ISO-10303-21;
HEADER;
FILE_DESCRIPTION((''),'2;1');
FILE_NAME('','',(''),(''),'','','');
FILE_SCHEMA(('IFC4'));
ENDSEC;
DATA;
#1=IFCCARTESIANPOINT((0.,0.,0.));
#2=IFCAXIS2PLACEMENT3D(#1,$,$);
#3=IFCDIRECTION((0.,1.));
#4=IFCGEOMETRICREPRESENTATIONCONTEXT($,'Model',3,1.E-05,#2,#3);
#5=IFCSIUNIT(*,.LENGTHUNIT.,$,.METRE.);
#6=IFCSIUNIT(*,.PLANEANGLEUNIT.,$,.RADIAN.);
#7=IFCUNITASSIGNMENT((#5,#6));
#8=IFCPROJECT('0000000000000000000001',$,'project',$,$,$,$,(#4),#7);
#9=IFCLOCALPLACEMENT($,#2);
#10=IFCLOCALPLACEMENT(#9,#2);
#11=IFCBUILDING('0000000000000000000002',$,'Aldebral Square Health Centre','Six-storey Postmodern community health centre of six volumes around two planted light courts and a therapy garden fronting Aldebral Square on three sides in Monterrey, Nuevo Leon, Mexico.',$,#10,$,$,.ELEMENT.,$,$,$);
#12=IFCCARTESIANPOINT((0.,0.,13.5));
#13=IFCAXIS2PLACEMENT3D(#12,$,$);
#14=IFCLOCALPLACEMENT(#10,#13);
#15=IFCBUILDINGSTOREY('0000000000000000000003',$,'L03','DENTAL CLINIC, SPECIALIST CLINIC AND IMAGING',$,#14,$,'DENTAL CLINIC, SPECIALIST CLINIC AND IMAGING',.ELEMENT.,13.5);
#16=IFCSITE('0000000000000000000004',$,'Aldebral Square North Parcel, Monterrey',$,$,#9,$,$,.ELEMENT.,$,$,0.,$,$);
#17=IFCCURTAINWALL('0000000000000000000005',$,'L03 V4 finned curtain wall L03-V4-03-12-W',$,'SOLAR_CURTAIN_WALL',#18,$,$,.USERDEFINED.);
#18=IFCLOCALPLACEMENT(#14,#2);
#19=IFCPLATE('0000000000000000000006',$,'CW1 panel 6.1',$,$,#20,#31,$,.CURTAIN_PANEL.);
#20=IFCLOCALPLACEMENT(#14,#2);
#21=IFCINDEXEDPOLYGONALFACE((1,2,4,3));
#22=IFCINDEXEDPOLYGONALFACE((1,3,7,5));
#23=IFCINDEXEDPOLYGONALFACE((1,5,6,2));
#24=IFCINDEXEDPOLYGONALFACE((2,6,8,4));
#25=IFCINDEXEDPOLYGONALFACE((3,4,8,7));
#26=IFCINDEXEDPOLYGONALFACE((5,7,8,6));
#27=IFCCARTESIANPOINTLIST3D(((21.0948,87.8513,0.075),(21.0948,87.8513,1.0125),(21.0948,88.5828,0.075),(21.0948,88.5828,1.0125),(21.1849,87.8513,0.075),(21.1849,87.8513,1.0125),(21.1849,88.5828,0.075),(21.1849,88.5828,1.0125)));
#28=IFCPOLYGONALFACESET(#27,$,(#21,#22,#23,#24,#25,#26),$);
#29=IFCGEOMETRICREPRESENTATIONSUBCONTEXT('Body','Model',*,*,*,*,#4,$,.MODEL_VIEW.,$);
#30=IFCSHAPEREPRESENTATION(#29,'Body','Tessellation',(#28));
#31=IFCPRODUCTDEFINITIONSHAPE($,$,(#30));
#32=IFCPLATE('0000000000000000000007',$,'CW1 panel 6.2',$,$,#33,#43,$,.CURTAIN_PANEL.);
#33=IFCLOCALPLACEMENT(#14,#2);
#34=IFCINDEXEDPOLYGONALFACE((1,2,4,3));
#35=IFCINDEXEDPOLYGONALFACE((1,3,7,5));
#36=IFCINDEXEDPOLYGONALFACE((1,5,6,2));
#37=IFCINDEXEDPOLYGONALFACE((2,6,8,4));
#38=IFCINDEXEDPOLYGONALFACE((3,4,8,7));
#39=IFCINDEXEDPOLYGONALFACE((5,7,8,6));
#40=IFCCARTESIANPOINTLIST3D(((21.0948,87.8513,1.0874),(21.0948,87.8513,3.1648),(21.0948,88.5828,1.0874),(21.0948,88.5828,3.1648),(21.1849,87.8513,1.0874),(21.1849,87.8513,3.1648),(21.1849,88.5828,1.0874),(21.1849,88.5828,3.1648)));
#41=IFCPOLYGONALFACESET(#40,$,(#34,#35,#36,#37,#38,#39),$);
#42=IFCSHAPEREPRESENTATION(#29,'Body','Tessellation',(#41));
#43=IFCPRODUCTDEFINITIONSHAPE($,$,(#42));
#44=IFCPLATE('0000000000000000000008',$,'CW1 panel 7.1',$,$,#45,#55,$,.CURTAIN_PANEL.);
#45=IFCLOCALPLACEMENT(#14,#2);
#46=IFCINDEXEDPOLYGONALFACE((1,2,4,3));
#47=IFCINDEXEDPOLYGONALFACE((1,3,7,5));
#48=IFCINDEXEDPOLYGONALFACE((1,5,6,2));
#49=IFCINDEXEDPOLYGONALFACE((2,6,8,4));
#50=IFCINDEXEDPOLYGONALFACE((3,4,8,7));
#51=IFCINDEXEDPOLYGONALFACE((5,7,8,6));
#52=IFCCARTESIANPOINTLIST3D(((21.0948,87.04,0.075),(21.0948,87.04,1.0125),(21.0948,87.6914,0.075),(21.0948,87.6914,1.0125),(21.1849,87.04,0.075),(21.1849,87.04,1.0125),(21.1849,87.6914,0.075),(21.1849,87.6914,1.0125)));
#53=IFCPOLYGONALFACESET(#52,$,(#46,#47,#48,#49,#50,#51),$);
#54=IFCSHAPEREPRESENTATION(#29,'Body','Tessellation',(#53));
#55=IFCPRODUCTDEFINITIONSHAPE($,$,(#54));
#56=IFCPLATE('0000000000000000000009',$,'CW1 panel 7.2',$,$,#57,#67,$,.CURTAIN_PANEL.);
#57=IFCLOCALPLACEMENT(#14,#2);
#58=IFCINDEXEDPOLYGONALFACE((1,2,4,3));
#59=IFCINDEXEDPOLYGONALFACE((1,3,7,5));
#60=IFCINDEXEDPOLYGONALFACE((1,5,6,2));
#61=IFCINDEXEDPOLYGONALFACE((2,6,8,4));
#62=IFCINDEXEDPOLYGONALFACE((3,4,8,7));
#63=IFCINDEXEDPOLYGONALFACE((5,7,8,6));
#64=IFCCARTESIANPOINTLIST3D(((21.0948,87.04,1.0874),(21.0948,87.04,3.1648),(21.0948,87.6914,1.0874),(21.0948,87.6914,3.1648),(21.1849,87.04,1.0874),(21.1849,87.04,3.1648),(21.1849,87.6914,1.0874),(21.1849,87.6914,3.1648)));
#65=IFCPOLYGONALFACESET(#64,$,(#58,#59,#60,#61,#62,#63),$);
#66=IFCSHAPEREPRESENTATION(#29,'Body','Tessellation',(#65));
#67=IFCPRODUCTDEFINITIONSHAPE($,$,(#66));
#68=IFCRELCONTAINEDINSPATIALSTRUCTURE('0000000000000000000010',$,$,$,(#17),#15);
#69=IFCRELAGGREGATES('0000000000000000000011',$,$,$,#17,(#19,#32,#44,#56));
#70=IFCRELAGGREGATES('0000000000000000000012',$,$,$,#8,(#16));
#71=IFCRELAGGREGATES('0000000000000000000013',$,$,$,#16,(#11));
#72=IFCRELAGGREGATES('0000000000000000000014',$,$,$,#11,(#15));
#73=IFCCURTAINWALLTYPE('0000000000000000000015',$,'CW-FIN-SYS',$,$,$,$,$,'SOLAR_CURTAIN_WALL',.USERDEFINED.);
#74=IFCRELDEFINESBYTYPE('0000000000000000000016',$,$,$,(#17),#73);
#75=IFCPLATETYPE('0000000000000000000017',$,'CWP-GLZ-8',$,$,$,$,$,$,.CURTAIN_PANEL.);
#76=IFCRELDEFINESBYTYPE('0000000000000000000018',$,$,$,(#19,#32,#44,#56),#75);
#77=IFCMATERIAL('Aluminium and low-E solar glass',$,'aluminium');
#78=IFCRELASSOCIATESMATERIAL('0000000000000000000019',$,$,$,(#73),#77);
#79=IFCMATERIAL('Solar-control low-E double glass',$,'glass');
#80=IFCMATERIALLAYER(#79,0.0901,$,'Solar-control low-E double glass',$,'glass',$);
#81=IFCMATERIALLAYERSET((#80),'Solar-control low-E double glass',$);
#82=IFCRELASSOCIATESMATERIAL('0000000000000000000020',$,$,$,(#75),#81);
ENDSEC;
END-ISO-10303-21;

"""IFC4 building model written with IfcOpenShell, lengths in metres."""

from ifc_helpers import new_model, si_unit, direction, frame, origin, origin_2d, place, context, subcontext, project, spatial, rectangle, extrude, material, layer, layer_set, type_object, element, aggregate, save


model = new_model("IFC4")

# Units and contexts
model_context = context("Model", 3, precision=1e-05, world=origin(), true_north=direction((0.0, 1.0)))
body_context = subcontext(model_context, "Body", "Model", "MODEL_VIEW")
ifc_project = project(units=[si_unit("LENGTHUNIT", "METRE"), si_unit("PLANEANGLEUNIT", "RADIAN")], contexts=[model_context])

# Site, building, storey
site_placement = place(None, origin())
site = spatial("IfcSite", under=ifc_project, at=site_placement, Name="Aldebral Square North Parcel, Monterrey", CompositionType="ELEMENT", RefElevation=0.0)
building_placement = place(site_placement, origin())
building = spatial("IfcBuilding", under=site, at=building_placement, Name="Aldebral Square Health Centre", Description="Six-storey Postmodern community health centre of six volumes around two planted light courts and a therapy garden fronting Aldebral Square on three sides in Monterrey, Nuevo Leon, Mexico.", CompositionType="ELEMENT")
storey_placement = place(building_placement, frame((0.0, 0.0, 13.5)))
storey = spatial("IfcBuildingStorey", under=building, at=storey_placement, Name="L03", Description="DENTAL CLINIC, SPECIALIST CLINIC AND IMAGING", LongName="DENTAL CLINIC, SPECIALIST CLINIC AND IMAGING", CompositionType="ELEMENT", Elevation=13.5)

# Shared definitions
ifc_material_1 = material(Name="Aluminium and low-E solar glass", Category="aluminium")
curtain_wall_type = type_object("IfcCurtainWallType", Name="CW-FIN-SYS", ElementType="SOLAR_CURTAIN_WALL", PredefinedType="USERDEFINED", material=ifc_material_1)

# Curtain wall
curtain_wall_1_placement = place(storey_placement, origin())
curtain_wall_1 = element("IfcCurtainWall", 1, at=curtain_wall_1_placement, inside=storey, type_object=curtain_wall_type, Name="L03 V4 finned curtain wall L03-V4-03-12-W", ObjectType="SOLAR_CURTAIN_WALL", PredefinedType="USERDEFINED")

# Plates
ifc_material_2 = material(Name="Solar-control low-E double glass", Category="glass")
ifc_layer_1 = layer(ifc_material_2, 0.0901, Name="Solar-control low-E double glass", Category="glass")
ifc_layer_set_1 = layer_set([ifc_layer_1], Name="Solar-control low-E double glass")
plate_type_1 = type_object("IfcPlateType", Name="CWP-GLZ-8", PredefinedType="CURTAIN_PANEL", material=ifc_layer_set_1)
plate_1_placement = place(storey_placement, frame((21.1399, 88.217, 0.075), z_axis=(0.0, 0.0, 1.0), x_axis=(0.0, -1.0, 0.0)))
plate_1 = element("IfcPlate", 2, at=plate_1_placement, type_object=plate_type_1, Name="CW1 panel 6.1", PredefinedType="CURTAIN_PANEL", context=body_context, shape_type="SweptSolid", body=[
    extrude(rectangle(XDim=0.7314, YDim=0.0901, at=origin_2d()), origin(), (0.0, 0.0, 1.0), 0.9375),
])
plate_2_placement = place(storey_placement, frame((21.1399, 88.217, 1.0874), z_axis=(0.0, 0.0, 1.0), x_axis=(0.0, -1.0, 0.0)))
plate_2 = element("IfcPlate", 3, at=plate_2_placement, type_object=plate_type_1, Name="CW1 panel 6.2", PredefinedType="CURTAIN_PANEL", context=body_context, shape_type="SweptSolid", body=[
    extrude(rectangle(XDim=0.7314, YDim=0.0901, at=origin_2d()), origin(), (0.0, 0.0, 1.0), 2.0774),
])
plate_3_placement = place(storey_placement, frame((21.1399, 87.3657, 0.075), z_axis=(0.0, 0.0, 1.0), x_axis=(0.0, -1.0, 0.0)))
plate_3 = element("IfcPlate", 4, at=plate_3_placement, type_object=plate_type_1, Name="CW1 panel 7.1", PredefinedType="CURTAIN_PANEL", context=body_context, shape_type="SweptSolid", body=[
    extrude(rectangle(XDim=0.6514, YDim=0.0901, at=origin_2d()), origin(), (0.0, 0.0, 1.0), 0.9375),
])
plate_4_placement = place(storey_placement, frame((21.1399, 87.3657, 1.0874), z_axis=(0.0, 0.0, 1.0), x_axis=(0.0, -1.0, 0.0)))
plate_4 = element("IfcPlate", 5, at=plate_4_placement, type_object=plate_type_1, Name="CW1 panel 7.2", PredefinedType="CURTAIN_PANEL", context=body_context, shape_type="SweptSolid", body=[
    extrude(rectangle(XDim=0.6514, YDim=0.0901, at=origin_2d()), origin(), (0.0, 0.0, 1.0), 2.0774),
])
aggregate(curtain_wall_1, [plate_1, plate_2, plate_3, plate_4])

save(model, "model.ifc")
